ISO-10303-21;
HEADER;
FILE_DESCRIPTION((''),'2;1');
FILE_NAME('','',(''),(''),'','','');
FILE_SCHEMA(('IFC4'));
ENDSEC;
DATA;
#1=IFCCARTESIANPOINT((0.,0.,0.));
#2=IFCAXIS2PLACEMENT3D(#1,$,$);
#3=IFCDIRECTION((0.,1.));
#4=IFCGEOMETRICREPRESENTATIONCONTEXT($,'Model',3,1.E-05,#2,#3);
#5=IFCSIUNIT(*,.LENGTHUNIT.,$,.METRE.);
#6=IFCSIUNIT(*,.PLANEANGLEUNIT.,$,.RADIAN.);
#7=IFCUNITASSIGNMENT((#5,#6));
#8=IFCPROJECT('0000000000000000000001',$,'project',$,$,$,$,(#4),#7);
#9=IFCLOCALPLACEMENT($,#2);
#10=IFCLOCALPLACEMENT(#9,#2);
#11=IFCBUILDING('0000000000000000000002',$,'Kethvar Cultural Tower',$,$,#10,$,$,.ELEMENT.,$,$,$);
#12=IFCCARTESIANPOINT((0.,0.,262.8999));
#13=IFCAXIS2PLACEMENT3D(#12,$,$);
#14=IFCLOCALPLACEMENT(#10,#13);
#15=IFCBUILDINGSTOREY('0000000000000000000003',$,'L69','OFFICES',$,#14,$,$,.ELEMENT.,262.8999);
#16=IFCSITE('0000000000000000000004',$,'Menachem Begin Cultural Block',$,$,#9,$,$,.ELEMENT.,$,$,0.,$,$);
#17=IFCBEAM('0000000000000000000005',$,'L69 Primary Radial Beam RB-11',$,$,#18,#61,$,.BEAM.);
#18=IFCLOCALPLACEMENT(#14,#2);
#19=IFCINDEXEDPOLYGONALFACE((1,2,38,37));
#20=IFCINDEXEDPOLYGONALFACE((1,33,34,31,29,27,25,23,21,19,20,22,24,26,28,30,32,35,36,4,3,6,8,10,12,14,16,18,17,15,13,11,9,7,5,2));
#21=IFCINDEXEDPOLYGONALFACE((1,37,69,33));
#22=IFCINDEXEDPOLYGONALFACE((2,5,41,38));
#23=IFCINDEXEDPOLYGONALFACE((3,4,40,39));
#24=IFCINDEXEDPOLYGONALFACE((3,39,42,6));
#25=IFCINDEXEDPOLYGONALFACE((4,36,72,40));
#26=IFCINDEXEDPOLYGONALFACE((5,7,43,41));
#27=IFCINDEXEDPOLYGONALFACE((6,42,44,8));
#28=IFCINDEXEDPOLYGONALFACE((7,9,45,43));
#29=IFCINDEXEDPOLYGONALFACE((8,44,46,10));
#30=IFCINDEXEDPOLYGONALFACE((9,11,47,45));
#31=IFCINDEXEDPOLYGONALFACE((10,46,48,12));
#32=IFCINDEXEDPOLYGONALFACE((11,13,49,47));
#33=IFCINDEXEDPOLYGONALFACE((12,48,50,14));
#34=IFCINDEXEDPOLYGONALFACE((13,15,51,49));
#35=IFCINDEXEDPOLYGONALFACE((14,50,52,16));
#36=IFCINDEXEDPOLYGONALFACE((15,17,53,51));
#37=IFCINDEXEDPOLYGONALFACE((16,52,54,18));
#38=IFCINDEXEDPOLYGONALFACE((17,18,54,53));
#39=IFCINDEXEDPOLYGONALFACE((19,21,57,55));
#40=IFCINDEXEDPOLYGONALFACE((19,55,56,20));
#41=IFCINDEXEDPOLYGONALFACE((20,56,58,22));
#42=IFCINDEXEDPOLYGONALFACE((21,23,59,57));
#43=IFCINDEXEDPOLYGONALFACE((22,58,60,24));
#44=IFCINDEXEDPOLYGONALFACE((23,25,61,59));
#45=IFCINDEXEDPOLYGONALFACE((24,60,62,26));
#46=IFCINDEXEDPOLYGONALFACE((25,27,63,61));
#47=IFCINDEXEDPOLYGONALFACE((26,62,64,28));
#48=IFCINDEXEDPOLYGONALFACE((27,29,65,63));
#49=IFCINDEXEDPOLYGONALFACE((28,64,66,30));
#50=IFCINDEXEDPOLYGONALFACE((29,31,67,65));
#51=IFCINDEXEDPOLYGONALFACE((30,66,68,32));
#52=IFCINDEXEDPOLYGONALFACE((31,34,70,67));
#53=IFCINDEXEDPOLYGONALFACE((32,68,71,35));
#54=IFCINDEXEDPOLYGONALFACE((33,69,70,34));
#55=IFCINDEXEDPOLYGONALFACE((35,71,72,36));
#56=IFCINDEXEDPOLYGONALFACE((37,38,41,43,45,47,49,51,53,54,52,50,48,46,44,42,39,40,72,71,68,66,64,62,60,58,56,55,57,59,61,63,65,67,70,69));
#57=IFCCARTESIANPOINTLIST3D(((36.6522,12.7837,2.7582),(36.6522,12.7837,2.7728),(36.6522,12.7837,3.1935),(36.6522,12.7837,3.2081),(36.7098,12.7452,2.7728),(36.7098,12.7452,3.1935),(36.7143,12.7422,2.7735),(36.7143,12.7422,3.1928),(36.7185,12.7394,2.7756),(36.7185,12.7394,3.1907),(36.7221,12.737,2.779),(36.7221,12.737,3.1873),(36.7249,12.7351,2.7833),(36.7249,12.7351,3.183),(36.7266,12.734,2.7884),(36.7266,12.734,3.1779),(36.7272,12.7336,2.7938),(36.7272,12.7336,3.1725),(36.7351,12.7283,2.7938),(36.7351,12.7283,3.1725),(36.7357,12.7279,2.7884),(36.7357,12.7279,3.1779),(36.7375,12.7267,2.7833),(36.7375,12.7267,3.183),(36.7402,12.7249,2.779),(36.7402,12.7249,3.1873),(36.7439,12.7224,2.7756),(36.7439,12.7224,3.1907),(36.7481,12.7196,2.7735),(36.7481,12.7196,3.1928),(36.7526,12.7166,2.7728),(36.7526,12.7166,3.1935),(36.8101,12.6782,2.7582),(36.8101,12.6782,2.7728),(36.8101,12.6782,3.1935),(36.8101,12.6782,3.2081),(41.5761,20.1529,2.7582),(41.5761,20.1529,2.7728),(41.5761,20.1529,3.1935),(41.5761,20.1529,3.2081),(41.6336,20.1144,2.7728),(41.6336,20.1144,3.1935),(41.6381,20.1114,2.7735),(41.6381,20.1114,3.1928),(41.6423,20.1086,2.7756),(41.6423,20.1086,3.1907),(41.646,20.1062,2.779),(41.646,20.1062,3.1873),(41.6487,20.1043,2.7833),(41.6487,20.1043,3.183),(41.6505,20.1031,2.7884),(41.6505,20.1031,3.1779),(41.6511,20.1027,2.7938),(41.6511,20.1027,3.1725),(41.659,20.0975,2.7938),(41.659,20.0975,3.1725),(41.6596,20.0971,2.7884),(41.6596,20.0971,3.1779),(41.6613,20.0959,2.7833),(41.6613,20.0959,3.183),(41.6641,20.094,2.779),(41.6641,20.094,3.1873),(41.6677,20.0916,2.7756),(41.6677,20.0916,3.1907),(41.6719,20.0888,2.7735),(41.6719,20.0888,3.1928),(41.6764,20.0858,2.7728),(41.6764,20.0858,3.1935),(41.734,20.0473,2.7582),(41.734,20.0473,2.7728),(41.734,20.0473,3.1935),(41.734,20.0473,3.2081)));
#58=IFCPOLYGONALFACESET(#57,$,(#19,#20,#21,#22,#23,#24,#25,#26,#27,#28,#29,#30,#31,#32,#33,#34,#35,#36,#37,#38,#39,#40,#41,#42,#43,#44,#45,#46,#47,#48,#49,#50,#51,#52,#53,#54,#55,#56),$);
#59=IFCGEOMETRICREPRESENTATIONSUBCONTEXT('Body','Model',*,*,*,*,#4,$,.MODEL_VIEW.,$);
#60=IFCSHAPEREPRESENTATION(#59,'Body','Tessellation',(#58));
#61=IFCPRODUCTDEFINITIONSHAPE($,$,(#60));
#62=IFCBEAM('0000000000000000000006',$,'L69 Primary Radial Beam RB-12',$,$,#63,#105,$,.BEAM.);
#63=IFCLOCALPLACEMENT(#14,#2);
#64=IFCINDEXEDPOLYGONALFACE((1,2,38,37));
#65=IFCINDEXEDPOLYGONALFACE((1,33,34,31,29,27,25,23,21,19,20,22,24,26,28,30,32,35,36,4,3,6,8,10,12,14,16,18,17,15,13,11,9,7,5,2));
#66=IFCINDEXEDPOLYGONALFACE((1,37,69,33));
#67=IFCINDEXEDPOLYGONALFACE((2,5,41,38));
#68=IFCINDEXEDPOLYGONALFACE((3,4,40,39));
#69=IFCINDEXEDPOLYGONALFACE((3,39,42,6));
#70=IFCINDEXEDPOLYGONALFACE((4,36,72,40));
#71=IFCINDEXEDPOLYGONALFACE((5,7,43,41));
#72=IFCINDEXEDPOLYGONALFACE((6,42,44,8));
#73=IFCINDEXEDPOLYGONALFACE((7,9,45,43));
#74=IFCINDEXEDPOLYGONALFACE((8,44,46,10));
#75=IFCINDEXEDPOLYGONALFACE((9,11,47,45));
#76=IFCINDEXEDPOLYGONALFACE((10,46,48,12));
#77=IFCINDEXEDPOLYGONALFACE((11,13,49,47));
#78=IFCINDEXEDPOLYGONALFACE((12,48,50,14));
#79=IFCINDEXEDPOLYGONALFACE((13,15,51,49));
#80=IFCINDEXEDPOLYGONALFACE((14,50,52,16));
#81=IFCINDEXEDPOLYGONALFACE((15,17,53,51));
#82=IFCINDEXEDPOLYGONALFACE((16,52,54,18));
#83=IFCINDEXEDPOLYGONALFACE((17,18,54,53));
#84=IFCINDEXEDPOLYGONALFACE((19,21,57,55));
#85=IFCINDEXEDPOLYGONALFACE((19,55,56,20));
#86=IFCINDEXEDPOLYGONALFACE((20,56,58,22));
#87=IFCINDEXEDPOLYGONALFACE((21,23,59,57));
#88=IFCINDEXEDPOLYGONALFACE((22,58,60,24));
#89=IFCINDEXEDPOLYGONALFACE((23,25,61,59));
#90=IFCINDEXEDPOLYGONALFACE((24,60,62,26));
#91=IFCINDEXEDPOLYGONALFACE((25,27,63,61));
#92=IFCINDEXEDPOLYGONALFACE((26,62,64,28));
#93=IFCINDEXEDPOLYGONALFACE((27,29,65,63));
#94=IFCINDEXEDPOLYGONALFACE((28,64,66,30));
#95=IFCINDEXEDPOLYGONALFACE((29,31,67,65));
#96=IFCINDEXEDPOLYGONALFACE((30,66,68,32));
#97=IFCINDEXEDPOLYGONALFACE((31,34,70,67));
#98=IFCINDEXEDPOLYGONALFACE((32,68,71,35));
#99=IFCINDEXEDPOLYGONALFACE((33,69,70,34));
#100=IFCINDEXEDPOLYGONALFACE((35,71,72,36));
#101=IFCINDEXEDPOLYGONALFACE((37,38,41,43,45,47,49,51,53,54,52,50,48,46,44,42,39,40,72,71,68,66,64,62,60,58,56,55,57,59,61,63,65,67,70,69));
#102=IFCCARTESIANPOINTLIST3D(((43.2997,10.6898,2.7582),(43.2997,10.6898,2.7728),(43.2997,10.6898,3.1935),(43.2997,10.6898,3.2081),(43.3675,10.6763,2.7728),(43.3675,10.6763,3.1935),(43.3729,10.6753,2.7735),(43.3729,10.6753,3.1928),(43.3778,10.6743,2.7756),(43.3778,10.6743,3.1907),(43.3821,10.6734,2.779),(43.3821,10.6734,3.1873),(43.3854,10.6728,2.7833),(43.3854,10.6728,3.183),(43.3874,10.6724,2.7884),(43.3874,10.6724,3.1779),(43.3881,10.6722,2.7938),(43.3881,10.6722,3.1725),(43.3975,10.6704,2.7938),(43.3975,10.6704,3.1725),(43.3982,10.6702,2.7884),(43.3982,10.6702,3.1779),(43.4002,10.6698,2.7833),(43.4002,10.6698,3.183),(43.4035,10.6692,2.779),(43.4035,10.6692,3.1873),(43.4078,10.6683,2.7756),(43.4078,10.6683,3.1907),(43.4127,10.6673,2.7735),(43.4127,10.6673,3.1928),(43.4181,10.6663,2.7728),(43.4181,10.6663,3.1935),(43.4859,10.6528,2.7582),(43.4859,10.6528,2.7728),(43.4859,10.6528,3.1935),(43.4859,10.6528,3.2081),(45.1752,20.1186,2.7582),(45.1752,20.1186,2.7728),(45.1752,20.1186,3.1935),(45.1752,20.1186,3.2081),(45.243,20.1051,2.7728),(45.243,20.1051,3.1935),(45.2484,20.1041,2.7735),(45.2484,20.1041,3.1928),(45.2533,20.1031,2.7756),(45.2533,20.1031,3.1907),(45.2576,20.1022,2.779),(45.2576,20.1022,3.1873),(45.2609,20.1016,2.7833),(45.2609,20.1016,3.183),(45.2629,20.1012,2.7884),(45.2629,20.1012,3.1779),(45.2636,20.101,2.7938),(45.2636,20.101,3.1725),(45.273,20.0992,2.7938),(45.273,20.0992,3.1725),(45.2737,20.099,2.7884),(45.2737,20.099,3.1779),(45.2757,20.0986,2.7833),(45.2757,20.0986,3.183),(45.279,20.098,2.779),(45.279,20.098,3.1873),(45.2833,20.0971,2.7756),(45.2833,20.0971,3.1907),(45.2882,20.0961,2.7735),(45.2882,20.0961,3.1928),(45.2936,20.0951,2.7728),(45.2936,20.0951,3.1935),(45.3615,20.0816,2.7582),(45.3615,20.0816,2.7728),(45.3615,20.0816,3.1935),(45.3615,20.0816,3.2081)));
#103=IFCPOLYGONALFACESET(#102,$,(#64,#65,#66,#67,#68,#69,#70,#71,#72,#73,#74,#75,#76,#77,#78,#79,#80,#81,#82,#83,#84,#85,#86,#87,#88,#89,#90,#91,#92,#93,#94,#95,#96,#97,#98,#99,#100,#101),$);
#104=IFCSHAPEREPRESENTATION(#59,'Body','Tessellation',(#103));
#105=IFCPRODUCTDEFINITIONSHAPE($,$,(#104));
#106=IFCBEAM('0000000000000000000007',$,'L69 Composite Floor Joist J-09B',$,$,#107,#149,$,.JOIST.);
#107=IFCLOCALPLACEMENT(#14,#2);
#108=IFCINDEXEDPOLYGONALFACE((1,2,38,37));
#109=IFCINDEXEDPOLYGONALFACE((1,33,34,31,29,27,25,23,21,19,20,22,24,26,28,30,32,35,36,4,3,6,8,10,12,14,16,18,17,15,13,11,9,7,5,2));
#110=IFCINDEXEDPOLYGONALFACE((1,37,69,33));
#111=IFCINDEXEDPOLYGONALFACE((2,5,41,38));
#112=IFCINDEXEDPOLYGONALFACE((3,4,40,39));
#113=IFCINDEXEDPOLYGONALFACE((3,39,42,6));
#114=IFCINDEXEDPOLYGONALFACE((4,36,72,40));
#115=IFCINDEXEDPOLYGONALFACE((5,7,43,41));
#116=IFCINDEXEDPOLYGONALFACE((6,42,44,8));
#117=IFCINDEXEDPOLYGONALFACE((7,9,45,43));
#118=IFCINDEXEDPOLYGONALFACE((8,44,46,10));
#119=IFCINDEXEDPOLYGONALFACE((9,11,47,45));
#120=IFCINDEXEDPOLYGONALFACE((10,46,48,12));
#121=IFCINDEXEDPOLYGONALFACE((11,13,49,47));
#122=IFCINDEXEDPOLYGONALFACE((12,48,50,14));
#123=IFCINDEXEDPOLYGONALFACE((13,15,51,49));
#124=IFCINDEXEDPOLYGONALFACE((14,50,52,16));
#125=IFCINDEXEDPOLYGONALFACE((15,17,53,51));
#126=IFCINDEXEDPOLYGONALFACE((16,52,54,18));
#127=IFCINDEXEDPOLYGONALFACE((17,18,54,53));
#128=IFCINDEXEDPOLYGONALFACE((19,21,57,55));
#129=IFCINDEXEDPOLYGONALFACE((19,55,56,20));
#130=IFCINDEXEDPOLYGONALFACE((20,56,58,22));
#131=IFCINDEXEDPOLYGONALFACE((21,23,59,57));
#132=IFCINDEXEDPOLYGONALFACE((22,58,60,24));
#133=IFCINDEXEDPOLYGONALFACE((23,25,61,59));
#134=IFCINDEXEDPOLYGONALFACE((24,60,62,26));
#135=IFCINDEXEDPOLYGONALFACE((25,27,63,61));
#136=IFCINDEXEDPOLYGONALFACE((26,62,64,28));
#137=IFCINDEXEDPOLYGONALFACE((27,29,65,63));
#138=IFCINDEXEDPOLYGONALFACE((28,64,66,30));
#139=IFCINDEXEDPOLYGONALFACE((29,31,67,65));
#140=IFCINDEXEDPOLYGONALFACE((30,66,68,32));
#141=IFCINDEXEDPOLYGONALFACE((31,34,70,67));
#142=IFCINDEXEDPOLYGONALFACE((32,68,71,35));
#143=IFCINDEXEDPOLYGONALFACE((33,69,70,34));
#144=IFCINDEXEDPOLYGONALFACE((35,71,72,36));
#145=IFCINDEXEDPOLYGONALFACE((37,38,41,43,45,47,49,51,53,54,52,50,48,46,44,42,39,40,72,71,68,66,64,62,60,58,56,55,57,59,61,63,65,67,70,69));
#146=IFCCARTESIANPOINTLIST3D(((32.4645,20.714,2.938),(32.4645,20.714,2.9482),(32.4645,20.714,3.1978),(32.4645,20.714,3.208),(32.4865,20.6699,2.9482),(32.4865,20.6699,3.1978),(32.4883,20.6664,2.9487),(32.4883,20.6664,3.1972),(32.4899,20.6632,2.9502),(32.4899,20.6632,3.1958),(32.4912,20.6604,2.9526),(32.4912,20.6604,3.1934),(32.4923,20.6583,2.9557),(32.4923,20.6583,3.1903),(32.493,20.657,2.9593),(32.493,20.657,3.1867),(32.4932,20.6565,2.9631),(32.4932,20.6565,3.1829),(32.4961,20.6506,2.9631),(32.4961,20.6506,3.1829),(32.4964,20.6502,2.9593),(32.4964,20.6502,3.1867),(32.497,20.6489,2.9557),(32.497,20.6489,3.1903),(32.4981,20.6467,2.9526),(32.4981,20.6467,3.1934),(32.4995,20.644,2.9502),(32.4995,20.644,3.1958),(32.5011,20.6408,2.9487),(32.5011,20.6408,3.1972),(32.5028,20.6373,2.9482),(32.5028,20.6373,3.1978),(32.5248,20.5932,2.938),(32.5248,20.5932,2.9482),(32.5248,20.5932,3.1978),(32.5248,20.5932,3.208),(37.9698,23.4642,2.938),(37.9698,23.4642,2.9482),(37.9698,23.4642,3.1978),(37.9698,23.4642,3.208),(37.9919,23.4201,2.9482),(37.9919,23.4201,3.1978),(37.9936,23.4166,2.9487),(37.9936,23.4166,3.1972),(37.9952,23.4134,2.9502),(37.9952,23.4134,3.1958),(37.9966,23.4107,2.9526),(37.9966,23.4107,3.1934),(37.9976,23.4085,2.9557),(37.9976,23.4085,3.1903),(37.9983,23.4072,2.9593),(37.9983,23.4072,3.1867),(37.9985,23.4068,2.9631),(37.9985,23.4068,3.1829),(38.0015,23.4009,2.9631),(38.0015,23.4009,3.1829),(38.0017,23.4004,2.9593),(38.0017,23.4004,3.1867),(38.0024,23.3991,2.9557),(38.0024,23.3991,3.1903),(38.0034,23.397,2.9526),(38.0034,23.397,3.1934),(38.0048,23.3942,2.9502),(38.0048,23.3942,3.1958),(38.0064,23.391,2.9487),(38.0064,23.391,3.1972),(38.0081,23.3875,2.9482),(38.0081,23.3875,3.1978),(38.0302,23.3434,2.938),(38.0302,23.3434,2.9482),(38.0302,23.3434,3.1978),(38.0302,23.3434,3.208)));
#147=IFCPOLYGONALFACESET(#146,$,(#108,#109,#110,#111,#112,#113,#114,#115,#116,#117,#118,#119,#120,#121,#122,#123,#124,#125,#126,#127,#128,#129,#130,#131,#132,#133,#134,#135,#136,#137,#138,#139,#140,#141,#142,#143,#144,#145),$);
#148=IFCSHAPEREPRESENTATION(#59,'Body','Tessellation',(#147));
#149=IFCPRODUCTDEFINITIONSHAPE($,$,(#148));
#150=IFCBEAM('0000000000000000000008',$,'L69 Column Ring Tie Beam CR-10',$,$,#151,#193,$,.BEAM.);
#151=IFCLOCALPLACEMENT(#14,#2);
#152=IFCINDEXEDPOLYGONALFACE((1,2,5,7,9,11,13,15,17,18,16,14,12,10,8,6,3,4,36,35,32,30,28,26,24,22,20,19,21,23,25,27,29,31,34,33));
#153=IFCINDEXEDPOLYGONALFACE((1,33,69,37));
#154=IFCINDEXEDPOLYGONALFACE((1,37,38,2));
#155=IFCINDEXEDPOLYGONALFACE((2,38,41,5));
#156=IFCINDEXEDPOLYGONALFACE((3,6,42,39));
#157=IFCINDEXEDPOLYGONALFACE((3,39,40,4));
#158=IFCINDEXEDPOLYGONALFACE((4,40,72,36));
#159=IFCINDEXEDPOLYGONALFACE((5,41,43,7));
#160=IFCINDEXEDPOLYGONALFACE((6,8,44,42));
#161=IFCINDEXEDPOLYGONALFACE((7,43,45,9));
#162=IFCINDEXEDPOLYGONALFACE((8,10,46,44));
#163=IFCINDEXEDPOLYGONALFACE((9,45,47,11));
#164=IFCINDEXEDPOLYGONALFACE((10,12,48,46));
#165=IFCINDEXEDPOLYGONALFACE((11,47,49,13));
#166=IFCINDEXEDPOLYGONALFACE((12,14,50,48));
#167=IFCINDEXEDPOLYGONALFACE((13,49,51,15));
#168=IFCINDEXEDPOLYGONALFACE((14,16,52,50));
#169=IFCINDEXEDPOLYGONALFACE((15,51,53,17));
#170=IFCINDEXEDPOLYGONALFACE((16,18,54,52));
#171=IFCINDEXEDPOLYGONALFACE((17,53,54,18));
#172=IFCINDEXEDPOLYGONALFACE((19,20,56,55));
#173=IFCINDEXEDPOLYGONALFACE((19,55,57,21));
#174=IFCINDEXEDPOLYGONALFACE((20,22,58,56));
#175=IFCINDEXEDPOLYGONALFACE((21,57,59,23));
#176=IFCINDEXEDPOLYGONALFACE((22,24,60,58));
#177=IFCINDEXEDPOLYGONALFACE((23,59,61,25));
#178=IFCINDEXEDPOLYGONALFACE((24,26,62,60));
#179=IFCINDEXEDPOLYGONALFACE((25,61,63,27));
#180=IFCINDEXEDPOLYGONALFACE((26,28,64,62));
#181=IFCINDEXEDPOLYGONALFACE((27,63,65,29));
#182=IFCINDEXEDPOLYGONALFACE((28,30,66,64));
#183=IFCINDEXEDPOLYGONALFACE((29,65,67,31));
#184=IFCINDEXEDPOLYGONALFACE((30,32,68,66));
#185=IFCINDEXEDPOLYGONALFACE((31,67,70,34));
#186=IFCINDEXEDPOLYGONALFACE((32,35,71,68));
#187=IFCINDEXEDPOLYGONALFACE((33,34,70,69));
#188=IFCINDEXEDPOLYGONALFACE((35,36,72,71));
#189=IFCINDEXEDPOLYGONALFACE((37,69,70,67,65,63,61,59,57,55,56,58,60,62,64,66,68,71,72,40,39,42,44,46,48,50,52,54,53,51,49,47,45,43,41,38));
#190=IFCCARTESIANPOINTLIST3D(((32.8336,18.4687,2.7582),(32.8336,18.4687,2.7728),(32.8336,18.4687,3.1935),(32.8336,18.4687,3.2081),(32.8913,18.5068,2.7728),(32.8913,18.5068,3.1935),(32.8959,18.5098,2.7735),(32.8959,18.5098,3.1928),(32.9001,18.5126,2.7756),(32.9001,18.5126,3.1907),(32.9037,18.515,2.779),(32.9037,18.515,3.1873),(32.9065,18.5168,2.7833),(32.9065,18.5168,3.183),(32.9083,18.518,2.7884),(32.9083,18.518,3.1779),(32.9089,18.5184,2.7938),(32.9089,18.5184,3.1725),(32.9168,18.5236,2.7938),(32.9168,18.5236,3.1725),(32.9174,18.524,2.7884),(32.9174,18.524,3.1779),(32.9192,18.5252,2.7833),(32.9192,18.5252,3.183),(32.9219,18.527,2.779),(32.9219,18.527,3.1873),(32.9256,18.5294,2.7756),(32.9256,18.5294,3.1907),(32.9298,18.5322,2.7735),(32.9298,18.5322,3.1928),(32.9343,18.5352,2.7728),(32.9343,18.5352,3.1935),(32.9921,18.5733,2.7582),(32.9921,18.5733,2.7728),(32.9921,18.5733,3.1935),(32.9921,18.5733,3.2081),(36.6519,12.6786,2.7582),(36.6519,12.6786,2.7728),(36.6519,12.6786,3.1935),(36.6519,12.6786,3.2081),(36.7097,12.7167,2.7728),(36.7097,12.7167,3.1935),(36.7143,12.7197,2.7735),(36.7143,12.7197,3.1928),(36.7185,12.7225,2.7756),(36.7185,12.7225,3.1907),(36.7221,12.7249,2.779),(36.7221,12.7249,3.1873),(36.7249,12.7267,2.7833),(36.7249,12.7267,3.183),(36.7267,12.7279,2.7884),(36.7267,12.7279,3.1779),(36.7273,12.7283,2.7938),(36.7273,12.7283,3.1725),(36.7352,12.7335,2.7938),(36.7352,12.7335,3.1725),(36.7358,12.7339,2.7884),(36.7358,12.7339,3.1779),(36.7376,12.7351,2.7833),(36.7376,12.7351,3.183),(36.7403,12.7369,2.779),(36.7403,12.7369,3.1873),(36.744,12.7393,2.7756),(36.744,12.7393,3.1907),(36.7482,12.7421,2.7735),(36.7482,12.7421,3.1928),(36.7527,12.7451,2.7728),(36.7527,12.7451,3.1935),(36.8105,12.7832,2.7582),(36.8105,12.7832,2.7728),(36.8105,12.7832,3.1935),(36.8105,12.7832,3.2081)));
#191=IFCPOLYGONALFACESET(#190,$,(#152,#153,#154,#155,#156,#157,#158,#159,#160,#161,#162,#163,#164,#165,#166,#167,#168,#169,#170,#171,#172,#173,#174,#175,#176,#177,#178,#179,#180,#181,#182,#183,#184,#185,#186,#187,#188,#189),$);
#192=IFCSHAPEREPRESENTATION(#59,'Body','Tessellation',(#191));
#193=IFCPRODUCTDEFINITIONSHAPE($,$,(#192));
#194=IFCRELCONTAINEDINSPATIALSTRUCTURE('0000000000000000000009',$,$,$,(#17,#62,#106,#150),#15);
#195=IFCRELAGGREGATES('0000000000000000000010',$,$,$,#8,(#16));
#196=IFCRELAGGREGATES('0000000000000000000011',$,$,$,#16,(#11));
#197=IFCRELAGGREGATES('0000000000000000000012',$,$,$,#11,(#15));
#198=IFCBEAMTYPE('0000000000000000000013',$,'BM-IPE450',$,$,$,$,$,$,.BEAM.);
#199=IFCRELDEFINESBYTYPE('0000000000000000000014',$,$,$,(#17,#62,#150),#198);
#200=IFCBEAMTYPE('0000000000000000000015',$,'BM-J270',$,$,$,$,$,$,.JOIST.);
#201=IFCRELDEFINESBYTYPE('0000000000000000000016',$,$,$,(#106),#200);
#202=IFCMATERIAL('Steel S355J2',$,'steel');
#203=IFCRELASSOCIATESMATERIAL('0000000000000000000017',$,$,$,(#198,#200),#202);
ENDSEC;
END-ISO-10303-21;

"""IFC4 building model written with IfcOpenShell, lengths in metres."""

from ifc_helpers import new_model, si_unit, direction, frame, origin, origin_2d, place, context, subcontext, project, spatial, i_section, extrude, source, transform, mapped, material, material_profile, profile_set, type_object, element, save


model = new_model("IFC4")

# Units and contexts
model_context = context("Model", 3, precision=1e-05, world=origin(), true_north=direction((0.0, 1.0)))
body_context = subcontext(model_context, "Body", "Model", "MODEL_VIEW")
ifc_project = project(units=[si_unit("LENGTHUNIT", "METRE"), si_unit("PLANEANGLEUNIT", "RADIAN")], contexts=[model_context])

# Site, building, storey
site_placement = place(None, origin())
site = spatial("IfcSite", under=ifc_project, at=site_placement, Name="Menachem Begin Cultural Block", CompositionType="ELEMENT", RefElevation=0.0)
building_placement = place(site_placement, origin())
building = spatial("IfcBuilding", under=site, at=building_placement, Name="Kethvar Cultural Tower", CompositionType="ELEMENT")
storey_placement = place(building_placement, frame((0.0, 0.0, 262.8999)))
storey = spatial("IfcBuildingStorey", under=building, at=storey_placement, Name="L69", Description="OFFICES", CompositionType="ELEMENT", Elevation=262.8999)

# Beams
ifc_material_1 = material(Name="Steel S355J2", Category="steel")
ifc_material_profile_1 = material_profile(ifc_material_1, i_section(OverallWidth=0.1899, OverallDepth=0.45, WebThickness=0.0095, FlangeThickness=0.0146, FilletRadius=0.021, at=origin_2d()), Name="Steel S355J2 — IPE450")
ifc_profile_set_1 = profile_set([ifc_material_profile_1], Name="Steel S355J2 — IPE450")
beam_type_1 = type_object("IfcBeamType", Name="BM-IPE450", PredefinedType="BEAM", material=ifc_profile_set_1)
shared_shape_1 = source(origin(), body_context, "Body", "SweptSolid", [
    extrude(i_section(OverallWidth=0.1899, OverallDepth=0.45, WebThickness=0.0095, FlangeThickness=0.0146, FilletRadius=0.021, at=origin_2d()), origin(), (0.0, 0.0, 1.0), 8.8628),
])
beam_1_placement = place(storey_placement, frame((41.655, 20.1001, 2.9832), z_axis=(-0.555564, -0.831473, 0.0), x_axis=(0.831473, -0.555564, 0.0)))
element("IfcBeam", 1, at=beam_1_placement, inside=storey, type_object=beam_type_1, Name="L69 Primary Radial Beam RB-11", PredefinedType="BEAM", context=body_context, shape_type="MappedRepresentation", body=[
    mapped(shared_shape_1, transform((0.0, 0.0, 0.0), scale=1.0)),
])
shared_shape_2 = source(origin(), body_context, "Body", "SweptSolid", [
    extrude(i_section(OverallWidth=0.1899, OverallDepth=0.45, WebThickness=0.0095, FlangeThickness=0.0146, FilletRadius=0.021, at=origin_2d()), origin(), (0.0, 0.0, 1.0), 9.6135),
])
beam_2_placement = place(storey_placement, frame((45.2683, 20.1001, 2.9832), z_axis=(-0.19509, -0.980785, 0.0), x_axis=(0.980785, -0.19509, 0.0)))
element("IfcBeam", 2, at=beam_2_placement, inside=storey, type_object=beam_type_1, Name="L69 Primary Radial Beam RB-12", PredefinedType="BEAM", context=body_context, shape_type="MappedRepresentation", body=[
    mapped(shared_shape_2, transform((0.0, 0.0, 0.0), scale=1.0)),
])
ifc_material_profile_2 = material_profile(ifc_material_1, i_section(OverallWidth=0.135, OverallDepth=0.27, WebThickness=0.0066, FlangeThickness=0.0103, FilletRadius=0.0149, at=origin_2d()), Name="Steel S355J2 — IPE270")
ifc_profile_set_2 = profile_set([ifc_material_profile_2], Name="Steel S355J2 — IPE270")
beam_type_2 = type_object("IfcBeamType", Name="BM-J270", PredefinedType="JOIST", material=ifc_profile_set_2)
shared_shape_3 = source(origin(), body_context, "Body", "SweptSolid", [
    extrude(i_section(OverallWidth=0.135, OverallDepth=0.27, WebThickness=0.0066, FlangeThickness=0.0103, FilletRadius=0.0149, at=origin_2d()), origin(), (0.0, 0.0, 1.0), 6.1541),
])
beam_3_placement = place(storey_placement, frame((38.0, 23.4038, 3.073), z_axis=(-0.894586, -0.446896, 0.0), x_axis=(0.446896, -0.894586, 0.0)))
element("IfcBeam", 3, at=beam_3_placement, inside=storey, type_object=beam_type_2, Name="L69 Composite Floor Joist J-09B", PredefinedType="JOIST", context=body_context, shape_type="MappedRepresentation", body=[
    mapped(shared_shape_3, transform((0.0, 0.0, 0.0), scale=1.0)),
])
shared_shape_4 = source(origin(), body_context, "Body", "SweptSolid", [
    extrude(i_section(OverallWidth=0.1899, OverallDepth=0.45, WebThickness=0.0095, FlangeThickness=0.0146, FilletRadius=0.021, at=origin_2d()), origin(), (0.0, 0.0, 1.0), 6.9358),
])
beam_4_placement = place(storey_placement, frame((32.9128, 18.521, 2.9832), z_axis=(0.550534, -0.834813, 0.0), x_axis=(0.834813, 0.550534, 0.0)))
element("IfcBeam", 4, at=beam_4_placement, inside=storey, type_object=beam_type_1, Name="L69 Column Ring Tie Beam CR-10", PredefinedType="BEAM", context=body_context, shape_type="MappedRepresentation", body=[
    mapped(shared_shape_4, transform((0.0, 0.0, 0.0), scale=1.0)),
])

save(model, "model.ifc")
